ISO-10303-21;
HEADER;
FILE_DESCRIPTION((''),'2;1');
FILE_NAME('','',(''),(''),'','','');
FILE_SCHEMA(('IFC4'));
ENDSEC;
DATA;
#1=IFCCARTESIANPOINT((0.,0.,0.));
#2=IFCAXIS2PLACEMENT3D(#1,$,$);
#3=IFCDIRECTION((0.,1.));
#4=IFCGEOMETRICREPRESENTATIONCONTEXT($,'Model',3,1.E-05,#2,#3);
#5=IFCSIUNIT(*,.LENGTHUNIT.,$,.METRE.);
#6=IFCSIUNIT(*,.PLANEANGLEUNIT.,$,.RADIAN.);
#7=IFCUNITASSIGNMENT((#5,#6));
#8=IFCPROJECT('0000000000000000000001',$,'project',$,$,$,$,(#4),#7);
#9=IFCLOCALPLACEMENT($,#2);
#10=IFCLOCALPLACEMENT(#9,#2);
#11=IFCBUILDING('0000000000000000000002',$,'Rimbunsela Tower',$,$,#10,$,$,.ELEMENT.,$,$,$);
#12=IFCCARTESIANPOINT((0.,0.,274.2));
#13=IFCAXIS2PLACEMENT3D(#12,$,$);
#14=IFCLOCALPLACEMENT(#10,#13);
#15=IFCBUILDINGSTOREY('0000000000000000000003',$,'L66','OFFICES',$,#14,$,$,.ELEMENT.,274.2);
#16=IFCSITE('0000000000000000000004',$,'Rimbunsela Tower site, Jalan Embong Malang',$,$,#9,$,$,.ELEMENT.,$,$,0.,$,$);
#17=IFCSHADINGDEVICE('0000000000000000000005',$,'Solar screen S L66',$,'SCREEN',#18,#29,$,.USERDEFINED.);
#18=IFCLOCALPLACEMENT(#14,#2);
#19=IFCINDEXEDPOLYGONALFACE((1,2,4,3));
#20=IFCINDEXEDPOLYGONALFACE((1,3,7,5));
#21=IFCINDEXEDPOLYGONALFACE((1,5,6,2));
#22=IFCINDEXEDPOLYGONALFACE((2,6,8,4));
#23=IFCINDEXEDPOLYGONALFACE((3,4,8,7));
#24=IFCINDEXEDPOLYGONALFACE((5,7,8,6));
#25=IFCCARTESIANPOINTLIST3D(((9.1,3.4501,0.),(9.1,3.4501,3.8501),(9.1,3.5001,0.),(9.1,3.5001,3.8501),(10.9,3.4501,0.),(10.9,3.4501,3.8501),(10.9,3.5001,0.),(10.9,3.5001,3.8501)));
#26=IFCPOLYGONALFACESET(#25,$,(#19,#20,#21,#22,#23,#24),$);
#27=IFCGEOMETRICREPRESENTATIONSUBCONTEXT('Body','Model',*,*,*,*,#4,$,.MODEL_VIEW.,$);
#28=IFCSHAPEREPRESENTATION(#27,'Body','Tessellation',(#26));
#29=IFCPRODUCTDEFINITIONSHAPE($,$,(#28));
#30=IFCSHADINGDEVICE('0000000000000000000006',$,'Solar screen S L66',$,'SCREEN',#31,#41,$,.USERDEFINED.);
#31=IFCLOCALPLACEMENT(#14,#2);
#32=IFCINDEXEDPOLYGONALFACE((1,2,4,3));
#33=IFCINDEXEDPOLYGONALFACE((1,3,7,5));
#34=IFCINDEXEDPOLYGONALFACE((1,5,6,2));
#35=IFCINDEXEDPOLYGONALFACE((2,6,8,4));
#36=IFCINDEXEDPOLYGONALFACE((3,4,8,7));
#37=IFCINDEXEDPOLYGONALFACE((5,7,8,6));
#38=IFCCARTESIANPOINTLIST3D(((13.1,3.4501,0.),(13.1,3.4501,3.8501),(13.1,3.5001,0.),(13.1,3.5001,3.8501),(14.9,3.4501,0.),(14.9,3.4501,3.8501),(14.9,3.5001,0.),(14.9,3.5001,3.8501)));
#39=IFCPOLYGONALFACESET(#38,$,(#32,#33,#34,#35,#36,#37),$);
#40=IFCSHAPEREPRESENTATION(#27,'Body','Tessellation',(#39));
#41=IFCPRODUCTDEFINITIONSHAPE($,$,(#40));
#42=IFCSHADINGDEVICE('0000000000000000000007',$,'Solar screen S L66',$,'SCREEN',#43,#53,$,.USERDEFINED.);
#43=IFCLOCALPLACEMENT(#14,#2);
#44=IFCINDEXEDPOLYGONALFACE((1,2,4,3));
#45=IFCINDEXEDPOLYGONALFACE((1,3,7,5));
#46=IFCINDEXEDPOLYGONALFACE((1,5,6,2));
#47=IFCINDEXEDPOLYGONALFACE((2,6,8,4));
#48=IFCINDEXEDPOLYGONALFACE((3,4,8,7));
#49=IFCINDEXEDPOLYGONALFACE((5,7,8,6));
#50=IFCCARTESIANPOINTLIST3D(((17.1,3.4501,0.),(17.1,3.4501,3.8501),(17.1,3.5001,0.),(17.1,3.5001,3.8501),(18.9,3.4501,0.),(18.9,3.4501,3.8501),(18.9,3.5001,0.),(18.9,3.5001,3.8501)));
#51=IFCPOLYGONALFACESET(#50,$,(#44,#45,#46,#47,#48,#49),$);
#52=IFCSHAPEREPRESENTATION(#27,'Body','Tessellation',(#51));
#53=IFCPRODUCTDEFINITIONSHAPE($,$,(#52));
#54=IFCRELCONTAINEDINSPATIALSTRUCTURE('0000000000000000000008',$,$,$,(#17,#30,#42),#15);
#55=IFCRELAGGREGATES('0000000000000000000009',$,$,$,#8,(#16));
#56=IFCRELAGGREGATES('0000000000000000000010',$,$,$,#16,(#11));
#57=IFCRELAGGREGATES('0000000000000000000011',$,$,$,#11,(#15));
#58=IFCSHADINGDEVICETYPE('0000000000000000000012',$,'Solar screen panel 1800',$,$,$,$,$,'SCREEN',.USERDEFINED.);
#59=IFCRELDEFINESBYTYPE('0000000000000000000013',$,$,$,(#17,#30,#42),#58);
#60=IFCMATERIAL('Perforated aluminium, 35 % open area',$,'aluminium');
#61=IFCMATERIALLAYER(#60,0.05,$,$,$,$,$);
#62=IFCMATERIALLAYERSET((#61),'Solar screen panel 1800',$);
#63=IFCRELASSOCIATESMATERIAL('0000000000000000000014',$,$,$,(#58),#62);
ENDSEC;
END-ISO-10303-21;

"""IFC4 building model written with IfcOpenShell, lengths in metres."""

from ifc_helpers import new_model, si_unit, direction, frame, origin, origin_2d, place, context, subcontext, project, spatial, rectangle, extrude, material, layer, layer_set, type_object, element, save


model = new_model("IFC4")

# Units and contexts
model_context = context("Model", 3, precision=1e-05, world=origin(), true_north=direction((0.0, 1.0)))
body_context = subcontext(model_context, "Body", "Model", "MODEL_VIEW")
ifc_project = project(units=[si_unit("LENGTHUNIT", "METRE"), si_unit("PLANEANGLEUNIT", "RADIAN")], contexts=[model_context])

# Site, building, storey
site_placement = place(None, origin())
site = spatial("IfcSite", under=ifc_project, at=site_placement, Name="Rimbunsela Tower site, Jalan Embong Malang", CompositionType="ELEMENT", RefElevation=0.0)
building_placement = place(site_placement, origin())
building = spatial("IfcBuilding", under=site, at=building_placement, Name="Rimbunsela Tower", CompositionType="ELEMENT")
storey_placement = place(building_placement, frame((0.0, 0.0, 274.2)))
storey = spatial("IfcBuildingStorey", under=building, at=storey_placement, Name="L66", Description="OFFICES", CompositionType="ELEMENT", Elevation=274.2)

# Shading devices
ifc_material_1 = material(Name="Perforated aluminium, 35 % open area", Category="aluminium")
ifc_layer_1 = layer(ifc_material_1, 0.05)
ifc_layer_set_1 = layer_set([ifc_layer_1], Name="Solar screen panel 1800")
shading_device_type = type_object("IfcShadingDeviceType", Name="Solar screen panel 1800", ElementType="SCREEN", PredefinedType="USERDEFINED", material=ifc_layer_set_1)
for number, where, z_axis, x_axis, name in (
    (1, (10.0, 3.4751, 0.0), (0.0, 0.0, 1.0), (1.0, 0.0, 0.0), "Solar screen S L66"),
    (2, (14.0, 3.4751, 0.0), (0.0, 0.0, 1.0), (1.0, 0.0, 0.0), "Solar screen S L66"),
    (3, (18.0, 3.4751, 0.0), (0.0, 0.0, 1.0), (1.0, 0.0, 0.0), "Solar screen S L66"),
):
    element("IfcShadingDevice", number, at=place(storey_placement, frame(where, z_axis=z_axis, x_axis=x_axis)), inside=storey, type_object=shading_device_type, Name=name, ObjectType="SCREEN", PredefinedType="USERDEFINED", context=body_context, shape_type="SweptSolid", body=[
        extrude(rectangle(XDim=1.8, YDim=0.05, at=origin_2d()), origin(), (0.0, 0.0, 1.0), 3.8501),
    ])

save(model, "model.ifc")
